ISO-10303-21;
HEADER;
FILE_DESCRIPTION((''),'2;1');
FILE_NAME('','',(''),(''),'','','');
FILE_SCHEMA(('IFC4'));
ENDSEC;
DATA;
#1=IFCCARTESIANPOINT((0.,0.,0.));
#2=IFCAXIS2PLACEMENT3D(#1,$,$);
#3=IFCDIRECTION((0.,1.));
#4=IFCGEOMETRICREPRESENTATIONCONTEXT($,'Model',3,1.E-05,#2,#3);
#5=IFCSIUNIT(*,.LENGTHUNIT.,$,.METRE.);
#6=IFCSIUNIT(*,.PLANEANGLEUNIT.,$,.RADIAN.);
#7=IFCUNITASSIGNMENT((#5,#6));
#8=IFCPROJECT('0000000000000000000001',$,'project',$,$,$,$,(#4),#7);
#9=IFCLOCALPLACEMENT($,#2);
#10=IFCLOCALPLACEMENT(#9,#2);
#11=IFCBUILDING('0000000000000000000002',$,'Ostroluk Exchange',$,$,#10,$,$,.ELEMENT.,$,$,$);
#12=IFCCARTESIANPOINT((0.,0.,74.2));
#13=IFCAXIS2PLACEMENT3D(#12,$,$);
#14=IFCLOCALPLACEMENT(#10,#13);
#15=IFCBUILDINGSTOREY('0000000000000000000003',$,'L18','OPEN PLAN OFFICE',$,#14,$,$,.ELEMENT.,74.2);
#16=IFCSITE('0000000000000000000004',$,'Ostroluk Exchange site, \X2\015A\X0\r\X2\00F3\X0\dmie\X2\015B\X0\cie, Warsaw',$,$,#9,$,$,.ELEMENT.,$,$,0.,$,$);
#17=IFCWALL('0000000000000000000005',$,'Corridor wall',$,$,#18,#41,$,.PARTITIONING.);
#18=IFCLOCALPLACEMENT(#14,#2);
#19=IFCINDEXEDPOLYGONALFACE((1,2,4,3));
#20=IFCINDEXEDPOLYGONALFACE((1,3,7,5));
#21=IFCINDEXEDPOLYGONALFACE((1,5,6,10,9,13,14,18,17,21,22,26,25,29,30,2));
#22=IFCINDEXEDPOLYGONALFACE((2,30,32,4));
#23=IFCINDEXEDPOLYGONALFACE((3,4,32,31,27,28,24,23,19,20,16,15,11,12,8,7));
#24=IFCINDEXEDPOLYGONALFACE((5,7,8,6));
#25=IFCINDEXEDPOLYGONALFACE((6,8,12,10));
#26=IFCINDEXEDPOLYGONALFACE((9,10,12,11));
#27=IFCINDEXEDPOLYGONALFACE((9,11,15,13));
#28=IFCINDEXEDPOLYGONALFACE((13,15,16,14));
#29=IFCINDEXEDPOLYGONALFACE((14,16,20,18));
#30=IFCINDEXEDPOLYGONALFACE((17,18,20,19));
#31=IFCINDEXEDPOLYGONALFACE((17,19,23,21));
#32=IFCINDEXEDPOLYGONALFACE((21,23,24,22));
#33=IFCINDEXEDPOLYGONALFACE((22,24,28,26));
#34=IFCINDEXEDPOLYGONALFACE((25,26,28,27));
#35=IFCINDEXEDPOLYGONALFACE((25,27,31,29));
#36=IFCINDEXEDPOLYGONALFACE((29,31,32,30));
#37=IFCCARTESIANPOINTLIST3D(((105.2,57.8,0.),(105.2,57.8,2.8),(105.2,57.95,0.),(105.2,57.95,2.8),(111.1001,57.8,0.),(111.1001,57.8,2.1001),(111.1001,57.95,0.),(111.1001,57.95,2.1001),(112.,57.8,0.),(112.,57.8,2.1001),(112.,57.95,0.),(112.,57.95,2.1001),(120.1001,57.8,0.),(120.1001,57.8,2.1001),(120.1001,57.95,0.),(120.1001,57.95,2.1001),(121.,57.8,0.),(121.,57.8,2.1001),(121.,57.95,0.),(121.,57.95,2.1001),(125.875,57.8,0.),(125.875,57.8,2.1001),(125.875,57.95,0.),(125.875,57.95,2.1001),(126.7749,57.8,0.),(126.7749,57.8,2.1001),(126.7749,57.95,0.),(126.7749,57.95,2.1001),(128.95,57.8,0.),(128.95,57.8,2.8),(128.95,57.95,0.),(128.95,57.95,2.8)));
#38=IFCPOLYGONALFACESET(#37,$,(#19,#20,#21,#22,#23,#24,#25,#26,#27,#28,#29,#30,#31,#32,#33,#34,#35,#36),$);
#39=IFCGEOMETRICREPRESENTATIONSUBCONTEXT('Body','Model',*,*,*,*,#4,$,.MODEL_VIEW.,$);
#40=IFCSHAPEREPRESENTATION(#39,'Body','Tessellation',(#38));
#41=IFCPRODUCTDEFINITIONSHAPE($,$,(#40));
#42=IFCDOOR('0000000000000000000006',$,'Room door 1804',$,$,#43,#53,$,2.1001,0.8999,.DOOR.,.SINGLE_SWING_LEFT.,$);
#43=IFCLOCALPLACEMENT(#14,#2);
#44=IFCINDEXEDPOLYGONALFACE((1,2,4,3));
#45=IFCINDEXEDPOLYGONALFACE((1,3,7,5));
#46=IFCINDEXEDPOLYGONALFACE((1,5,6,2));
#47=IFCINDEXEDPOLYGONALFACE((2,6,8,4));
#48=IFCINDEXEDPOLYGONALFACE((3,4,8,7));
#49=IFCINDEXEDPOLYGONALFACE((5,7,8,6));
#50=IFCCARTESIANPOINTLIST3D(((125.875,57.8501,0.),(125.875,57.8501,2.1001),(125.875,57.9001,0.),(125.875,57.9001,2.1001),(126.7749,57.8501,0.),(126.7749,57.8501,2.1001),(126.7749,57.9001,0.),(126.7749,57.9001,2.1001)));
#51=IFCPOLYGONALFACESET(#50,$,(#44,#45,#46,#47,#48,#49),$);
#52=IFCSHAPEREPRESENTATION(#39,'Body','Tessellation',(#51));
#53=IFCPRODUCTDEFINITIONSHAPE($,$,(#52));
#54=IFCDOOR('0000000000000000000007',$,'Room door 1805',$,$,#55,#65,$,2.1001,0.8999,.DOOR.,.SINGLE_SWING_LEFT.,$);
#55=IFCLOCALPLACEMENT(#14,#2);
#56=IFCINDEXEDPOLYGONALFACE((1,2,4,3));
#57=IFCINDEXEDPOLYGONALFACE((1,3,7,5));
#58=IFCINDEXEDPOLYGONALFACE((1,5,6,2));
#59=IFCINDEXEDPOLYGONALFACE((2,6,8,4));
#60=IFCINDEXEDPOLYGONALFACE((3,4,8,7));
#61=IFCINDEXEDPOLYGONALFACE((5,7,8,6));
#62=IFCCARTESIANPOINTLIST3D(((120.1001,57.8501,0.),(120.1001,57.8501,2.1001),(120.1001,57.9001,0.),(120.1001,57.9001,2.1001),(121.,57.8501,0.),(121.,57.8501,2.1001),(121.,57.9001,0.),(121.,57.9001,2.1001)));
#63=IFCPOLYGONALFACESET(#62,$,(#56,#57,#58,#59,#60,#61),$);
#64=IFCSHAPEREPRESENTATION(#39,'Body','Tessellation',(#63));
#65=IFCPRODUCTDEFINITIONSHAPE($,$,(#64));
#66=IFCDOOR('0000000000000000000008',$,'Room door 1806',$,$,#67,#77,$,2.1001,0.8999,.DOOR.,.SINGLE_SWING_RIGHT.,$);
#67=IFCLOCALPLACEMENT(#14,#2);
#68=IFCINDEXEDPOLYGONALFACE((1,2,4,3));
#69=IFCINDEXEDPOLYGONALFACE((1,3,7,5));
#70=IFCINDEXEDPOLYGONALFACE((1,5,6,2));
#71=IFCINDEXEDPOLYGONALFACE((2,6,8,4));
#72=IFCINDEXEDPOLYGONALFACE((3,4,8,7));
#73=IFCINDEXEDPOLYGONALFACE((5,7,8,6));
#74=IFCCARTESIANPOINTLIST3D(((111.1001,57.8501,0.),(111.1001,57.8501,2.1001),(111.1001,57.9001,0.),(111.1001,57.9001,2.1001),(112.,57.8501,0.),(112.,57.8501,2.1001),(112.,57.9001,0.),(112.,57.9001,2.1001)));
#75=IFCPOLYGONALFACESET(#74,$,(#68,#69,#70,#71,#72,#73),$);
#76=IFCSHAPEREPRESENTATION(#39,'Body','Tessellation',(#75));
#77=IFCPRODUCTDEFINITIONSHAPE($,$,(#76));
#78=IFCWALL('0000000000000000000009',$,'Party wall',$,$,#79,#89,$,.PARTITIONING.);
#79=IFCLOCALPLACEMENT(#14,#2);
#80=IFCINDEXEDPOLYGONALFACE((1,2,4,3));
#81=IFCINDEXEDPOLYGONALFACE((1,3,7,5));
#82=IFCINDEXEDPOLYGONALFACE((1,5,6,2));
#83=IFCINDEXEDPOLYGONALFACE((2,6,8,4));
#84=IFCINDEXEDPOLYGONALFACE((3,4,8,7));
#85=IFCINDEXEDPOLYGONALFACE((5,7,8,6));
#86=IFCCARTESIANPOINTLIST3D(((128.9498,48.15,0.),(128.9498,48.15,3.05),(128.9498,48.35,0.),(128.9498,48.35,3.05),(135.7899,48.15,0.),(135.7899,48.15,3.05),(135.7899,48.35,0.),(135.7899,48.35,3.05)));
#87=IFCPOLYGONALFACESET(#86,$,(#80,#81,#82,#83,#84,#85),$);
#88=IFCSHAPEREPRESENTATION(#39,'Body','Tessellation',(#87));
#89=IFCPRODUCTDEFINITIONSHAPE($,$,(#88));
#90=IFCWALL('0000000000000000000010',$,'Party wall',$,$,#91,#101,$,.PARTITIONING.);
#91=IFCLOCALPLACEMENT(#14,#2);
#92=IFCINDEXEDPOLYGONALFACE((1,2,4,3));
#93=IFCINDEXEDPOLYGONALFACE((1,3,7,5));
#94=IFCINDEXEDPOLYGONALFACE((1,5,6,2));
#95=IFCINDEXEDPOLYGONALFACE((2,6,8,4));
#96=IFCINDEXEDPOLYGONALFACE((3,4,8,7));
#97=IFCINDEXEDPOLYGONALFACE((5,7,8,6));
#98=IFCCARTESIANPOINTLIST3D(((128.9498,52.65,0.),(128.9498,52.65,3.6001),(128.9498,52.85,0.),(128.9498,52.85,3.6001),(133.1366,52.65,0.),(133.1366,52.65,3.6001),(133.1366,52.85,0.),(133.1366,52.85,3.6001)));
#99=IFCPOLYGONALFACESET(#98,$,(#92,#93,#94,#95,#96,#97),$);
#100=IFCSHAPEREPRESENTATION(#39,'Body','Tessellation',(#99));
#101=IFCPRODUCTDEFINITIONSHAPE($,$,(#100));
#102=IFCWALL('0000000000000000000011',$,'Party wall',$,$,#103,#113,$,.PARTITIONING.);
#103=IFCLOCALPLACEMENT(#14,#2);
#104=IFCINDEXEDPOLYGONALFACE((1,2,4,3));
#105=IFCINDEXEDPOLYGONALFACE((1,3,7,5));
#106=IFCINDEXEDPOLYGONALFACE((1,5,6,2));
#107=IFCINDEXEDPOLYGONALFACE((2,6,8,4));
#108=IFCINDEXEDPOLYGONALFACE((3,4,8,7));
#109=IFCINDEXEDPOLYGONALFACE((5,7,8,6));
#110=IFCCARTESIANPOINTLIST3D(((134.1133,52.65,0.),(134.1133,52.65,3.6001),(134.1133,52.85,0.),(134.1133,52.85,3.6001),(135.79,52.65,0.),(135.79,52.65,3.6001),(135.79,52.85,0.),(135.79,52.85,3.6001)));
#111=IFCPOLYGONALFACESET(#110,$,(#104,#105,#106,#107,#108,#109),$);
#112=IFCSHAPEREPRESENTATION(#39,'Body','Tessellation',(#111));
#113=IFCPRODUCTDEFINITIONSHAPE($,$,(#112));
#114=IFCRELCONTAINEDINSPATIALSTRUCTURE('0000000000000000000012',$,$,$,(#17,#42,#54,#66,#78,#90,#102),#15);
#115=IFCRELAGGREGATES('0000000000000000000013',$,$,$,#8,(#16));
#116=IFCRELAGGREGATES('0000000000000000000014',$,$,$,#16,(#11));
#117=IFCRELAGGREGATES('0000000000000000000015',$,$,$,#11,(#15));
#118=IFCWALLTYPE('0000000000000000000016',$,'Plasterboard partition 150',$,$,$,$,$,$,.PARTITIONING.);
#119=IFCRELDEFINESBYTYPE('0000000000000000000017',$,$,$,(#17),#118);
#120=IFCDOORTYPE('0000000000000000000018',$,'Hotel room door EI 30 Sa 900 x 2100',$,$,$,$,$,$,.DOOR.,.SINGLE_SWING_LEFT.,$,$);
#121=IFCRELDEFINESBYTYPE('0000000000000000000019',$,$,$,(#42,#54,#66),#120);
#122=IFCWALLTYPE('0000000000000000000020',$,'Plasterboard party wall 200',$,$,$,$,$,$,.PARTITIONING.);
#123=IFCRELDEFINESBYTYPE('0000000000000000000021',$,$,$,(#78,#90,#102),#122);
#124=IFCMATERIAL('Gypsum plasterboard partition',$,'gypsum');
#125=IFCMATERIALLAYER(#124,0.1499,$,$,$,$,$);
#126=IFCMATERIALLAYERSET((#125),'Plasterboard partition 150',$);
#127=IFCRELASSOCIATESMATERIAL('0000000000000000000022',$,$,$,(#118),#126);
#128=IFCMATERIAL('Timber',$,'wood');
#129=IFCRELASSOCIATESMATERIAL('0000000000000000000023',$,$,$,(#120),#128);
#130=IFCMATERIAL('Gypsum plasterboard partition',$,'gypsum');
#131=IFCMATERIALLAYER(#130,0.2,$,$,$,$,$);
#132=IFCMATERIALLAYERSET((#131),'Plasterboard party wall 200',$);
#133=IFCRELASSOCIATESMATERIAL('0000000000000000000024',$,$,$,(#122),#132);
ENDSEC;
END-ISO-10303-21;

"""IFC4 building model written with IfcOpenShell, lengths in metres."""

from ifc_helpers import new_model, si_unit, direction, frame, frame_2d, origin, place, context, subcontext, project, spatial, rectangle, extrude, material, layer, layer_set, type_object, element, fill, save


model = new_model("IFC4")

# Units and contexts
model_context = context("Model", 3, precision=1e-05, world=origin(), true_north=direction((0.0, 1.0)))
body_context = subcontext(model_context, "Body", "Model", "MODEL_VIEW")
ifc_project = project(units=[si_unit("LENGTHUNIT", "METRE"), si_unit("PLANEANGLEUNIT", "RADIAN")], contexts=[model_context])

# Site, building, storey
site_placement = place(None, origin())
site = spatial("IfcSite", under=ifc_project, at=site_placement, Name="Ostroluk Exchange site, Śródmieście, Warsaw", CompositionType="ELEMENT", RefElevation=0.0)
building_placement = place(site_placement, origin())
building = spatial("IfcBuilding", under=site, at=building_placement, Name="Ostroluk Exchange", CompositionType="ELEMENT")
storey_placement = place(building_placement, frame((0.0, 0.0, 74.2)))
storey = spatial("IfcBuildingStorey", under=building, at=storey_placement, Name="L18", Description="OPEN PLAN OFFICE", CompositionType="ELEMENT", Elevation=74.2)

# Wall, openings, doors
ifc_material_1 = material(Name="Gypsum plasterboard partition", Category="gypsum")
ifc_layer_1 = layer(ifc_material_1, 0.1499)
ifc_layer_set_1 = layer_set([ifc_layer_1], Name="Plasterboard partition 150")
wall_type_1 = type_object("IfcWallType", Name="Plasterboard partition 150", PredefinedType="PARTITIONING", material=ifc_layer_set_1)
wall_1_placement = place(storey_placement, frame((128.95, 57.875, 0.0), z_axis=(0.0, 0.0, 1.0), x_axis=(-1.0, 0.0, 0.0)))
wall_1 = element("IfcWall", 1, at=wall_1_placement, inside=storey, type_object=wall_type_1, Name="Corridor wall", PredefinedType="PARTITIONING", context=body_context, shape_type="SweptSolid", body=[
    extrude(rectangle(XDim=23.75, YDim=0.1499, at=frame_2d((11.875, 0.0))), origin(), (0.0, 0.0, 1.0), 2.8),
])
opening_1_placement = place(wall_1_placement, frame((2.175, 0.0, 0.0)))
opening_1 = element("IfcOpeningElement", 2, at=opening_1_placement, cuts=wall_1, PredefinedType="OPENING", context=body_context, shape_type="SweptSolid", body=[
    extrude(rectangle(XDim=0.8999, YDim=2.1001, at=frame_2d((0.45, 1.05))), frame((0.0, 0.085, 0.0), z_axis=(0.0, -1.0, 0.0), x_axis=(1.0, 0.0, 0.0)), (0.0, 0.0, 1.0), 0.1699),
])
opening_2_placement = place(wall_1_placement, frame((7.95, 0.0, 0.0)))
opening_2 = element("IfcOpeningElement", 3, at=opening_2_placement, cuts=wall_1, PredefinedType="OPENING", context=body_context, shape_type="SweptSolid", body=[
    extrude(rectangle(XDim=0.8999, YDim=2.1001, at=frame_2d((0.45, 1.05))), frame((0.0, 0.085, 0.0), z_axis=(0.0, -1.0, 0.0), x_axis=(1.0, 0.0, 0.0)), (0.0, 0.0, 1.0), 0.1699),
])
opening_3_placement = place(wall_1_placement, frame((16.95, 0.0, 0.0)))
opening_3 = element("IfcOpeningElement", 4, at=opening_3_placement, cuts=wall_1, PredefinedType="OPENING", context=body_context, shape_type="SweptSolid", body=[
    extrude(rectangle(XDim=0.8999, YDim=2.1001, at=frame_2d((0.45, 1.05))), frame((0.0, 0.085, 0.0), z_axis=(0.0, -1.0, 0.0), x_axis=(1.0, 0.0, 0.0)), (0.0, 0.0, 1.0), 0.1699),
])
ifc_material_2 = material(Name="Timber", Category="wood")
door_type_1 = type_object("IfcDoorType", Name="Hotel room door EI 30 Sa 900 x 2100", OperationType="SINGLE_SWING_LEFT", PredefinedType="DOOR", material=ifc_material_2)
door_1_placement = place(opening_1_placement, origin())
door_1 = element("IfcDoor", 5, at=door_1_placement, inside=storey, type_object=door_type_1, Name="Room door 1804", OperationType="SINGLE_SWING_LEFT", OverallHeight=2.1001, OverallWidth=0.8999, PredefinedType="DOOR", context=body_context, shape_type="SweptSolid", body=[
    extrude(rectangle(XDim=0.8999, YDim=2.1001, at=frame_2d((0.45, 1.05))), frame((0.0, 0.0249, 0.0), z_axis=(0.0, -1.0, 0.0), x_axis=(1.0, 0.0, 0.0)), (0.0, 0.0, 1.0), 0.05),
])
fill(opening_1, door_1)
door_2_placement = place(opening_2_placement, origin())
door_2 = element("IfcDoor", 6, at=door_2_placement, inside=storey, type_object=door_type_1, Name="Room door 1805", OperationType="SINGLE_SWING_LEFT", OverallHeight=2.1001, OverallWidth=0.8999, PredefinedType="DOOR", context=body_context, shape_type="SweptSolid", body=[
    extrude(rectangle(XDim=0.8999, YDim=2.1001, at=frame_2d((0.45, 1.05))), frame((0.0, 0.0249, 0.0), z_axis=(0.0, -1.0, 0.0), x_axis=(1.0, 0.0, 0.0)), (0.0, 0.0, 1.0), 0.05),
])
fill(opening_2, door_2)
door_3_placement = place(opening_3_placement, origin())
door_3 = element("IfcDoor", 7, at=door_3_placement, inside=storey, type_object=door_type_1, Name="Room door 1806", OperationType="SINGLE_SWING_RIGHT", OverallHeight=2.1001, OverallWidth=0.8999, PredefinedType="DOOR", context=body_context, shape_type="SweptSolid", body=[
    extrude(rectangle(XDim=0.8999, YDim=2.1001, at=frame_2d((0.45, 1.05))), frame((0.0, 0.0249, 0.0), z_axis=(0.0, -1.0, 0.0), x_axis=(1.0, 0.0, 0.0)), (0.0, 0.0, 1.0), 0.05),
])
fill(opening_3, door_3)

# Walls
ifc_material_3 = material(Name="Gypsum plasterboard partition", Category="gypsum")
ifc_layer_2 = layer(ifc_material_3, 0.2)
ifc_layer_set_2 = layer_set([ifc_layer_2], Name="Plasterboard party wall 200")
wall_type_2 = type_object("IfcWallType", Name="Plasterboard party wall 200", PredefinedType="PARTITIONING", material=ifc_layer_set_2)
wall_2_placement = place(storey_placement, frame((128.95, 48.25, 0.0), z_axis=(0.0, 0.0, 1.0), x_axis=(1.0, 0.0, 0.0)))
element("IfcWall", 8, at=wall_2_placement, inside=storey, type_object=wall_type_2, Name="Party wall", PredefinedType="PARTITIONING", context=body_context, shape_type="SweptSolid", body=[
    extrude(rectangle(XDim=6.8401, YDim=0.2, at=frame_2d((3.4199, 0.0))), origin(), (0.0, 0.0, 1.0), 3.05),
])
wall_3_placement = place(storey_placement, frame((128.95, 52.75, 0.0), z_axis=(0.0, 0.0, 1.0), x_axis=(1.0, 0.0, 0.0)))
element("IfcWall", 9, at=wall_3_placement, inside=storey, type_object=wall_type_2, Name="Party wall", PredefinedType="PARTITIONING", context=body_context, shape_type="SweptSolid", body=[
    extrude(rectangle(XDim=4.1868, YDim=0.2, at=frame_2d((2.0933, 0.0))), origin(), (0.0, 0.0, 1.0), 3.6001),
])
wall_4_placement = place(storey_placement, frame((134.1133, 52.75, 0.0), z_axis=(0.0, 0.0, 1.0), x_axis=(1.0, 0.0, 0.0)))
element("IfcWall", 10, at=wall_4_placement, inside=storey, type_object=wall_type_2, Name="Party wall", PredefinedType="PARTITIONING", context=body_context, shape_type="SweptSolid", body=[
    extrude(rectangle(XDim=1.6768, YDim=0.2, at=frame_2d((0.8384, 0.0))), origin(), (0.0, 0.0, 1.0), 3.6001),
])

save(model, "model.ifc")
